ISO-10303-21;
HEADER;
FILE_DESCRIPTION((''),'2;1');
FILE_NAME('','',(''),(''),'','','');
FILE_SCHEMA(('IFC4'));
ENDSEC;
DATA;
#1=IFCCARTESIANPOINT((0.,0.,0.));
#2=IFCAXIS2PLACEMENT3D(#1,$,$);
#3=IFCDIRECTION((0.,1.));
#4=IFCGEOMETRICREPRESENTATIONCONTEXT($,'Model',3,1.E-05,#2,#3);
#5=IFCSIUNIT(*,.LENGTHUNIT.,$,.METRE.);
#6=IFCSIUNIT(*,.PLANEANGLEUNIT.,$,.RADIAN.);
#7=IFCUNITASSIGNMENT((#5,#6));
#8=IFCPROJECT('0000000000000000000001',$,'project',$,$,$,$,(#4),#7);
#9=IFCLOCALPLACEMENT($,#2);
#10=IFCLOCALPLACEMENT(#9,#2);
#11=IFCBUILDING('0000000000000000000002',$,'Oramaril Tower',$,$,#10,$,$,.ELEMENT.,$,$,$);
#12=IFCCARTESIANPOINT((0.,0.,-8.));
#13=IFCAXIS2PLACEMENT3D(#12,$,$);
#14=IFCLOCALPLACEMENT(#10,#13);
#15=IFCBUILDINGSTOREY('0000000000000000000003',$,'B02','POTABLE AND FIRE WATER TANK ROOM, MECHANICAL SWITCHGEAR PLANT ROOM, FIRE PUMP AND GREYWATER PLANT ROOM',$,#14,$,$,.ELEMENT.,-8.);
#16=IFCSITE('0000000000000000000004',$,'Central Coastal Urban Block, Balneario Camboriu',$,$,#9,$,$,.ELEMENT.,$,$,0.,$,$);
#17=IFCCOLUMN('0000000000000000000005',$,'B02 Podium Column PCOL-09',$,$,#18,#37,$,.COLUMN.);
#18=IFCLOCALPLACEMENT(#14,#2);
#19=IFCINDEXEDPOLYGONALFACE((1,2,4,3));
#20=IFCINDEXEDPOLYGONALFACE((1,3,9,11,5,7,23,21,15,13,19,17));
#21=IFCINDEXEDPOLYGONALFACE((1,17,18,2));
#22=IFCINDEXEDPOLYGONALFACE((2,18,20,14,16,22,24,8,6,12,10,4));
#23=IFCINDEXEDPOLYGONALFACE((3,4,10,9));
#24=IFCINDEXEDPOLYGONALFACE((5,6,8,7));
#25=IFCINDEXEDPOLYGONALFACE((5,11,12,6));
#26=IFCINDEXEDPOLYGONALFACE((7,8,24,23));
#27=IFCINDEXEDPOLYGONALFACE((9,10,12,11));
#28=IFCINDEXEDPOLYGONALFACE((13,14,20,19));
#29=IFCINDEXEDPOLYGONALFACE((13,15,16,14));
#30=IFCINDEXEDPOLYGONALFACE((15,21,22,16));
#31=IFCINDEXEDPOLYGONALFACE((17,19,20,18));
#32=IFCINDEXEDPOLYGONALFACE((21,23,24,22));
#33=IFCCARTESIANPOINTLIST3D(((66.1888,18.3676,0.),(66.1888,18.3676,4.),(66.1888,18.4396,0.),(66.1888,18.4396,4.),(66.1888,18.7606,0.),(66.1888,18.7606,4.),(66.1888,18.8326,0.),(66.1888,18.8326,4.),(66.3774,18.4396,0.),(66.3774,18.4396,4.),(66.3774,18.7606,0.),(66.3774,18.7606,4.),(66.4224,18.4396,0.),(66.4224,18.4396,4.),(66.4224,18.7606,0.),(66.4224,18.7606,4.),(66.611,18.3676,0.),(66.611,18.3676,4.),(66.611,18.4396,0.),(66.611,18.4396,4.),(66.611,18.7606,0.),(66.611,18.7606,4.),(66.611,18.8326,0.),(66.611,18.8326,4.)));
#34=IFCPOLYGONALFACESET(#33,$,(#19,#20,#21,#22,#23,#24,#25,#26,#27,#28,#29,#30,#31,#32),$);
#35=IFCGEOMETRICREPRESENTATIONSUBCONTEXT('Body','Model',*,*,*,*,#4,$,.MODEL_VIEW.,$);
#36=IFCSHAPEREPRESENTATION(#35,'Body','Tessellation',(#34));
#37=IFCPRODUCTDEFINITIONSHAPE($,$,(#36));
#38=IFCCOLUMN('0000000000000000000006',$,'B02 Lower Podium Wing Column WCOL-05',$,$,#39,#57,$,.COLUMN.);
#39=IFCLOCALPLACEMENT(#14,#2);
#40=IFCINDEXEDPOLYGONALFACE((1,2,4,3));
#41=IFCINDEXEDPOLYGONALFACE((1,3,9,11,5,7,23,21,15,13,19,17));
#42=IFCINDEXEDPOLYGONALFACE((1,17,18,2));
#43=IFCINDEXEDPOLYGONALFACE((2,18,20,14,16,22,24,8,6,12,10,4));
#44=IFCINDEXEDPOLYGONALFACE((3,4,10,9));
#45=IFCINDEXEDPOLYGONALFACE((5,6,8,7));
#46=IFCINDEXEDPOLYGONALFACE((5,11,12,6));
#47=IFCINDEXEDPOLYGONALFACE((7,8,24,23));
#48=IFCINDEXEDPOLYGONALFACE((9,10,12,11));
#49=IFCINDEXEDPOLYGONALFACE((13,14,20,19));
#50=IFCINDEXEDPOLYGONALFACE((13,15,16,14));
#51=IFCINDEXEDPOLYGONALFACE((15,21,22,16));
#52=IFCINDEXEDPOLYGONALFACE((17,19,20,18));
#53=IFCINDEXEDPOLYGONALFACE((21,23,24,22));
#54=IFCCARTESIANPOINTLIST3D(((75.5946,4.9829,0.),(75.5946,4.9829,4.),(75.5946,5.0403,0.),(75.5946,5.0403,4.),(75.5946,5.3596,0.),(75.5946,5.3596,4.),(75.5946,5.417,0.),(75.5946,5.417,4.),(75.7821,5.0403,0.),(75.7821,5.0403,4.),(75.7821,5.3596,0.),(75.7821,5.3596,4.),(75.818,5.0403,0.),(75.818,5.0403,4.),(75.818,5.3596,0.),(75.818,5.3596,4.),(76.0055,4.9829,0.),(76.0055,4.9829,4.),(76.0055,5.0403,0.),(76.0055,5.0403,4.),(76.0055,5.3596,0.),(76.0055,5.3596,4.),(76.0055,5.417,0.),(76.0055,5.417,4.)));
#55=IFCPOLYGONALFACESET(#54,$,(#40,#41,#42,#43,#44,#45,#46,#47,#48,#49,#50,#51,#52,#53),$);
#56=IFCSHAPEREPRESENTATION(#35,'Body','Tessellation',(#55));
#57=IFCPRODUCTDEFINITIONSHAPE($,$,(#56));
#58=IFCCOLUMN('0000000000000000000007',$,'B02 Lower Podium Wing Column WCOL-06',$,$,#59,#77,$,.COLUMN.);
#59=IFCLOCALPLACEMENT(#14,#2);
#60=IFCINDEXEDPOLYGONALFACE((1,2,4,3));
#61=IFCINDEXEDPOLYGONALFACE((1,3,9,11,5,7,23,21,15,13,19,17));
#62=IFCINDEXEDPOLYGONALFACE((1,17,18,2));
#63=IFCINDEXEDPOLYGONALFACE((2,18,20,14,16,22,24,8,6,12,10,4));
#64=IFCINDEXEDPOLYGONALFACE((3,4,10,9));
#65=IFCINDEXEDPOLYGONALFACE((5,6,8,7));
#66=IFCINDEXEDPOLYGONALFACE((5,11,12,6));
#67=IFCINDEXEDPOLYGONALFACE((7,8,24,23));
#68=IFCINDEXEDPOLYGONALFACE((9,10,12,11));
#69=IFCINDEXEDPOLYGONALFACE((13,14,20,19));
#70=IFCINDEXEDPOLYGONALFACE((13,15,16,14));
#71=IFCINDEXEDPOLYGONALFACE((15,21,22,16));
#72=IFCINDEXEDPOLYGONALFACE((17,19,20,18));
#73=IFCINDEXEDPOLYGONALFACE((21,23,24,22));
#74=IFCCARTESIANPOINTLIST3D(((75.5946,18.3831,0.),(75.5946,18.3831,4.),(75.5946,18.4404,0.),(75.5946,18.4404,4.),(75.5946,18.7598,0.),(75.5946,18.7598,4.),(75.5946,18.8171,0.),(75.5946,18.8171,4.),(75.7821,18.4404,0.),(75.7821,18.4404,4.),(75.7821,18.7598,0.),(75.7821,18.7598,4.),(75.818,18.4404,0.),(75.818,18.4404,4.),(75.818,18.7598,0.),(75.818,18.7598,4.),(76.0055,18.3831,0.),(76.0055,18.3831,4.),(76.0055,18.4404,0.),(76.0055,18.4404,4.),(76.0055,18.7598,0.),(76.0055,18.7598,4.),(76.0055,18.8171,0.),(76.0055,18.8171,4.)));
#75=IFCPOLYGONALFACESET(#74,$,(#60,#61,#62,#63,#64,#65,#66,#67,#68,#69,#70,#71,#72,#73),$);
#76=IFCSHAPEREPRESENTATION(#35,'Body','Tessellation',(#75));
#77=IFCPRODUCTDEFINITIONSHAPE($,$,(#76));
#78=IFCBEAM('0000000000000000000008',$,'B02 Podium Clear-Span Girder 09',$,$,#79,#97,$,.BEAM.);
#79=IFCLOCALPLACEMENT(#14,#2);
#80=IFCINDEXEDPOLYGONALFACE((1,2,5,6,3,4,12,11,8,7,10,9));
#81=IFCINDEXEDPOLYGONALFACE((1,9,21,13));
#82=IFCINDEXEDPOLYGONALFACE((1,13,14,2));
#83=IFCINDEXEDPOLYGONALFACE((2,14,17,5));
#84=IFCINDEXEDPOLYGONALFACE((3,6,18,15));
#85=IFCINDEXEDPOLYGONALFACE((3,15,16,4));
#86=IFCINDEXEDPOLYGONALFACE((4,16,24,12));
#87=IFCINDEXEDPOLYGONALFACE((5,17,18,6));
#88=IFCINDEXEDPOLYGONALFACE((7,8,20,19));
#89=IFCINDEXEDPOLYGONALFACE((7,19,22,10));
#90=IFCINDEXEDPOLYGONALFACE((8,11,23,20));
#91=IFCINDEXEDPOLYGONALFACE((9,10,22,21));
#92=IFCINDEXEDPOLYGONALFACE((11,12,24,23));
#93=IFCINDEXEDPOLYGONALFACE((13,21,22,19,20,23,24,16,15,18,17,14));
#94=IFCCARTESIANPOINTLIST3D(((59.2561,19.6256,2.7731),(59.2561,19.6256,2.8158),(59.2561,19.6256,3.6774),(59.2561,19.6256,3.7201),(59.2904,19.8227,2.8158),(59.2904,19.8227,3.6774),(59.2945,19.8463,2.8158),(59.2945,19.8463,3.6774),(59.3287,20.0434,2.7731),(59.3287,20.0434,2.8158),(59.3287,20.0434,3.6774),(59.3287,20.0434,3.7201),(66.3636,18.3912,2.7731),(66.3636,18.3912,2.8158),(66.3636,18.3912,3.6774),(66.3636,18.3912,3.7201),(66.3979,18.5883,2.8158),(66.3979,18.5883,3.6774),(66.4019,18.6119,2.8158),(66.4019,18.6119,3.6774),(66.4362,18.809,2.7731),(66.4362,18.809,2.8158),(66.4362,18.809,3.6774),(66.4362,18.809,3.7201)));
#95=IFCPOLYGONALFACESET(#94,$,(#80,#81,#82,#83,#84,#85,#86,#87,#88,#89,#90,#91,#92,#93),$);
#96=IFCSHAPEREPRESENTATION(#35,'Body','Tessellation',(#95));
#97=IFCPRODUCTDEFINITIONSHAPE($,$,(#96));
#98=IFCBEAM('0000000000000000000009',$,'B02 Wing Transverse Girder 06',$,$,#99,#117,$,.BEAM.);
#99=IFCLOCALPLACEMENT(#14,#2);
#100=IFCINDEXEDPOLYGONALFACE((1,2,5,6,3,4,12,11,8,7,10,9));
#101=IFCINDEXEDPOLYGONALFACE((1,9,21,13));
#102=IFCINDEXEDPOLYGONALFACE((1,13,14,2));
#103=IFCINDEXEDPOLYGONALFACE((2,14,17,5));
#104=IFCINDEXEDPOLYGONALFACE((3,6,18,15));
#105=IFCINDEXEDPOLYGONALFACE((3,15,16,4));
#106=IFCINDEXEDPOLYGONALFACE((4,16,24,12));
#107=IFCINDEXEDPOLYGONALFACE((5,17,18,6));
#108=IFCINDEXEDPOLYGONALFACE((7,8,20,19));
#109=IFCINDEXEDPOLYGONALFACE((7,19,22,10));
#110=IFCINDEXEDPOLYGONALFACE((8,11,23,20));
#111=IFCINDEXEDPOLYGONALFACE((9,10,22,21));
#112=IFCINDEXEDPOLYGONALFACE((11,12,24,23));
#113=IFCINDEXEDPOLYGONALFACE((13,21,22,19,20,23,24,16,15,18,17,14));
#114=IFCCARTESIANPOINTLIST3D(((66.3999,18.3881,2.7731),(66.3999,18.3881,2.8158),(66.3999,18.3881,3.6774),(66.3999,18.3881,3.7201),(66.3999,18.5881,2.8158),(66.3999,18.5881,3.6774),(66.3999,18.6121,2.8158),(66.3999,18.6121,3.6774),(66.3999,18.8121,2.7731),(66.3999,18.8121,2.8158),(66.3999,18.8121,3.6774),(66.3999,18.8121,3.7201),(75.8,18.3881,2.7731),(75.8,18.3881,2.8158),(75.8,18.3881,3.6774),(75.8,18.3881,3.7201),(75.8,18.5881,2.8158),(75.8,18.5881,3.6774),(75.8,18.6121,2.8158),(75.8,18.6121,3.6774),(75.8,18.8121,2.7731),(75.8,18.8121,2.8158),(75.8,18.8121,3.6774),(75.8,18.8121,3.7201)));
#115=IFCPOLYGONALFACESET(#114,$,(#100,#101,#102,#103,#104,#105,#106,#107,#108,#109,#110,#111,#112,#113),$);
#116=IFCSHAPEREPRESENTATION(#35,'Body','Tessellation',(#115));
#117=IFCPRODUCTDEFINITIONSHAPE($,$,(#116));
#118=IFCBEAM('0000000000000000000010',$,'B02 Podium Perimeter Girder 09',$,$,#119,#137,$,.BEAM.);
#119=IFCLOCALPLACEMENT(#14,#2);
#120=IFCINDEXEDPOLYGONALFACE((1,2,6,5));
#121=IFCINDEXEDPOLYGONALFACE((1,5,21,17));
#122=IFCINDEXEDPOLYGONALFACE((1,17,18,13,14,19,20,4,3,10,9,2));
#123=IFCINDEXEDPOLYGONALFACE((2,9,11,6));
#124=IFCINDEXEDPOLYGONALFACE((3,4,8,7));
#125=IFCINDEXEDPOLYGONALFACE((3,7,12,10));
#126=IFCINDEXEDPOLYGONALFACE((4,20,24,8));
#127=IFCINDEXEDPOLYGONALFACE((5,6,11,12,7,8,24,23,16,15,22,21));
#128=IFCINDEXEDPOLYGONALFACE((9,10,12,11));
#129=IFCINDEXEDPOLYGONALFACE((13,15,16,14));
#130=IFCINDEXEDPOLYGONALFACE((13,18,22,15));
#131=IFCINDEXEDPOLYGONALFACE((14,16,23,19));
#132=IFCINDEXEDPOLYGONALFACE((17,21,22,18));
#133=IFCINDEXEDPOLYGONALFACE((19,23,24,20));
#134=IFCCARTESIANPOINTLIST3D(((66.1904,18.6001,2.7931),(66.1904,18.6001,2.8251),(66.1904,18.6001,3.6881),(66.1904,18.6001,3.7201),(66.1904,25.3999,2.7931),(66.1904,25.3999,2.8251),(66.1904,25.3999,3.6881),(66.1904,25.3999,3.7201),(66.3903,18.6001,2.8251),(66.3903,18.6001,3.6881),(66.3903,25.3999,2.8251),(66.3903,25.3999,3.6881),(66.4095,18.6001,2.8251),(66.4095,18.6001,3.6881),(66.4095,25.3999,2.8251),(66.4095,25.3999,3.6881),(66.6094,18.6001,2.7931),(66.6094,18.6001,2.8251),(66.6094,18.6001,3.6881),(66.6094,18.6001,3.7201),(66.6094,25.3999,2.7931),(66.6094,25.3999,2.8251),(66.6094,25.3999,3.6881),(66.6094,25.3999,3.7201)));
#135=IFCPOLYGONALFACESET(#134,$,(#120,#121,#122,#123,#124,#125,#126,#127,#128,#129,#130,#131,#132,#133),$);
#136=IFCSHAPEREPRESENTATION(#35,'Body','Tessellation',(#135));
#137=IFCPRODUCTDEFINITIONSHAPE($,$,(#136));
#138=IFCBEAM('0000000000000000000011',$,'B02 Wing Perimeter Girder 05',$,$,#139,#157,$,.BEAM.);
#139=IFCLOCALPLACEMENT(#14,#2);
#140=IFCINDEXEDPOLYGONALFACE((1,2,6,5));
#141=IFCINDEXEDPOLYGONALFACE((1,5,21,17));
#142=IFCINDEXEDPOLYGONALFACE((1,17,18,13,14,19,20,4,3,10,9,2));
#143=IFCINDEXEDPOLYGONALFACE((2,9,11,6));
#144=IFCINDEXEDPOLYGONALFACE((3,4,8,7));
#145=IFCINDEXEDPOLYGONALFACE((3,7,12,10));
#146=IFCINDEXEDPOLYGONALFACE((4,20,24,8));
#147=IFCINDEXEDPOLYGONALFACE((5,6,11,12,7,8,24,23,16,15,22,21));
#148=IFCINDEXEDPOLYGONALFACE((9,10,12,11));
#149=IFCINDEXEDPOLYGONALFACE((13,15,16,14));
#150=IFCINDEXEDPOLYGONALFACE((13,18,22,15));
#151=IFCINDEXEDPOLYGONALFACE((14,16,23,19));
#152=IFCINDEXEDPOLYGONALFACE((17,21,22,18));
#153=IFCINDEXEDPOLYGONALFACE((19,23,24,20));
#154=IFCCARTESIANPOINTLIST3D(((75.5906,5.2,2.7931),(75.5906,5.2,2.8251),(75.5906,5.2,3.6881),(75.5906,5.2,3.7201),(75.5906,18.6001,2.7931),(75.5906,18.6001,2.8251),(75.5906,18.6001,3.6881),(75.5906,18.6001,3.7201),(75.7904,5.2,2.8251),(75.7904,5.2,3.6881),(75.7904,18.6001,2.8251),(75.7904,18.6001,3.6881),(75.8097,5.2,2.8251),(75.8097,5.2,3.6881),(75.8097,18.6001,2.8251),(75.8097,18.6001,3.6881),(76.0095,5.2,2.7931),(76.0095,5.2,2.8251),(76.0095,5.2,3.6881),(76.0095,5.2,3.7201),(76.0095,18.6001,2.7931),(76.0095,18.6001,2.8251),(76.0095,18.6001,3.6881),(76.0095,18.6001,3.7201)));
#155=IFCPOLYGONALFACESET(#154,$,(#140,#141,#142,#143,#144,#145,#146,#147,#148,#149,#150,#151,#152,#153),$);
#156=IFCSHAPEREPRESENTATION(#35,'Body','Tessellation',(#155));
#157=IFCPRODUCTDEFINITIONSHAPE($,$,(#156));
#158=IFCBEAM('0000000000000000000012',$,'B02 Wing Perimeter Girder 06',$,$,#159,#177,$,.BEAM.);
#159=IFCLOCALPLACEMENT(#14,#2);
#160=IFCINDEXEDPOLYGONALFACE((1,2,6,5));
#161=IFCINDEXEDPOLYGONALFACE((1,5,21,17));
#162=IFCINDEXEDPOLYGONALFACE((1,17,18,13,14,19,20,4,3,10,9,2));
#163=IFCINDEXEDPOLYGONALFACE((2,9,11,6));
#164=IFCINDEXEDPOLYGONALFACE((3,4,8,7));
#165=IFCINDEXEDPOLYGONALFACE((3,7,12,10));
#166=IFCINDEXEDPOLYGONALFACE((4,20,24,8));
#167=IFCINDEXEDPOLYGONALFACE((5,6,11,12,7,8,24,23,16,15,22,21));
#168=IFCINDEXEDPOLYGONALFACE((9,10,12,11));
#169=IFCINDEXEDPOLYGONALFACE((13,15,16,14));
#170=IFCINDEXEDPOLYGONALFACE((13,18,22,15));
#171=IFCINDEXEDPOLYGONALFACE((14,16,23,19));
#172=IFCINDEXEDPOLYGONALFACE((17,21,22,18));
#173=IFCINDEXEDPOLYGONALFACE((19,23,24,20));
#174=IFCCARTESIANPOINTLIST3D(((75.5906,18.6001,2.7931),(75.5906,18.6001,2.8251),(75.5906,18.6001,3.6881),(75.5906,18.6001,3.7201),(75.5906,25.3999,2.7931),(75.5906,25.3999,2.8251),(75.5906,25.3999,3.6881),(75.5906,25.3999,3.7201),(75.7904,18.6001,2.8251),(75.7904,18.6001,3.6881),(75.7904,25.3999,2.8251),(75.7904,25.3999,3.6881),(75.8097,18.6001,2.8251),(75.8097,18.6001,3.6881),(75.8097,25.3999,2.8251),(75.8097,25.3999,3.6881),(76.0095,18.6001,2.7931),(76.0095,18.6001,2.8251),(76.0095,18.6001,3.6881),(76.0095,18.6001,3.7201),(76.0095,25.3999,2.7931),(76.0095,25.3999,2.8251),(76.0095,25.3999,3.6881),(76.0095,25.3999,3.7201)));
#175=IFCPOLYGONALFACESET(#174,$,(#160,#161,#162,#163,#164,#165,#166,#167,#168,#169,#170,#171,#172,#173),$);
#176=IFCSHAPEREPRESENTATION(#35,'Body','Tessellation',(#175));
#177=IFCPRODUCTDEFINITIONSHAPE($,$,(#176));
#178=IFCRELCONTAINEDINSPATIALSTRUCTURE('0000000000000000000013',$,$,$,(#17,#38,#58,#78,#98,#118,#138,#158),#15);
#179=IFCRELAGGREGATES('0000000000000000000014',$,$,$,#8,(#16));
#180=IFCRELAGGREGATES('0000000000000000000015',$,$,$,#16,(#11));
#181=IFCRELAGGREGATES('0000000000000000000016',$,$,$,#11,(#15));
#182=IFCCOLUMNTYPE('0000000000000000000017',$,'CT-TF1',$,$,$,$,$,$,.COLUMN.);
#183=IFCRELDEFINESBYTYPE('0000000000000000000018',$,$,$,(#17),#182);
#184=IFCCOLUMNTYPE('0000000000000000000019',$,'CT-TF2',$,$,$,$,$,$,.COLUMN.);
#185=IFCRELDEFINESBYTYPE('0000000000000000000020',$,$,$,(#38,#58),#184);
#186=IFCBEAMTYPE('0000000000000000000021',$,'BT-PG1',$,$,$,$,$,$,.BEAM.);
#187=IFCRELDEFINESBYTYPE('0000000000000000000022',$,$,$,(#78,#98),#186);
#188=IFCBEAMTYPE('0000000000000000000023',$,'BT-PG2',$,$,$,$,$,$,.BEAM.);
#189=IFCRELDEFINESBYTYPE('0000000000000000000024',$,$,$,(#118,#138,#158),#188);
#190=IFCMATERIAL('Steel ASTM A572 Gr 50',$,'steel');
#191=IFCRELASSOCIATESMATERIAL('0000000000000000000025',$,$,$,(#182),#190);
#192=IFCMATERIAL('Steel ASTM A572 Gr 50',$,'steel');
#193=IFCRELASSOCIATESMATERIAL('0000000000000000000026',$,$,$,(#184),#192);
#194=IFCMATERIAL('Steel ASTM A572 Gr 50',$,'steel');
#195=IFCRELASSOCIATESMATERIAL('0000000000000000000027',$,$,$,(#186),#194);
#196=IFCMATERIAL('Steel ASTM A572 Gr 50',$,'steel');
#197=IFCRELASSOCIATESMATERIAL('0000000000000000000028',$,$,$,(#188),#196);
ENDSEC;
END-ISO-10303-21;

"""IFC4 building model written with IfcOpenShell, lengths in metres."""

from ifc_helpers import new_model, si_unit, direction, frame, origin, origin_2d, place, context, subcontext, project, spatial, i_section, extrude, material, material_profile, profile_set, type_object, element, save


model = new_model("IFC4")

# Units and contexts
model_context = context("Model", 3, precision=1e-05, world=origin(), true_north=direction((0.0, 1.0)))
body_context = subcontext(model_context, "Body", "Model", "MODEL_VIEW")
ifc_project = project(units=[si_unit("LENGTHUNIT", "METRE"), si_unit("PLANEANGLEUNIT", "RADIAN")], contexts=[model_context])

# Site, building, storey
site_placement = place(None, origin())
site = spatial("IfcSite", under=ifc_project, at=site_placement, Name="Central Coastal Urban Block, Balneario Camboriu", CompositionType="ELEMENT", RefElevation=0.0)
building_placement = place(site_placement, origin())
building = spatial("IfcBuilding", under=site, at=building_placement, Name="Oramaril Tower", CompositionType="ELEMENT")
storey_placement = place(building_placement, frame((0.0, 0.0, -8.0)))
storey = spatial("IfcBuildingStorey", under=building, at=storey_placement, Name="B02", Description="POTABLE AND FIRE WATER TANK ROOM, MECHANICAL SWITCHGEAR PLANT ROOM, FIRE PUMP AND GREYWATER PLANT ROOM", CompositionType="ELEMENT", Elevation=-8.0)

# Columns
ifc_material_1 = material(Name="Steel ASTM A572 Gr 50", Category="steel")
ifc_material_profile_1 = material_profile(ifc_material_1, i_section(OverallWidth=0.4221, OverallDepth=0.4651, WebThickness=0.0449, FlangeThickness=0.072, at=origin_2d()), Name="W14X398")
ifc_profile_set_1 = profile_set([ifc_material_profile_1], Name="Steel ASTM A572 Gr 50")
column_type_1 = type_object("IfcColumnType", Name="CT-TF1", PredefinedType="COLUMN", material=ifc_profile_set_1)
column_placement = place(storey_placement, frame((66.3999, 18.6001, 0.0), z_axis=(0.0, 0.0, 1.0), x_axis=(1.0, 0.0, 0.0)))
element("IfcColumn", 1, at=column_placement, inside=storey, type_object=column_type_1, Name="B02 Podium Column PCOL-09", PredefinedType="COLUMN", context=body_context, shape_type="SweptSolid", body=[
    extrude(i_section(OverallWidth=0.4221, OverallDepth=0.4651, WebThickness=0.0449, FlangeThickness=0.072, at=origin_2d()), origin(), (0.0, 0.0, 1.0), 4.0),
])
ifc_material_2 = material(Name="Steel ASTM A572 Gr 50", Category="steel")
ifc_material_profile_2 = material_profile(ifc_material_2, i_section(OverallWidth=0.4109, OverallDepth=0.4341, WebThickness=0.0359, FlangeThickness=0.0574, at=origin_2d()), Name="W14X311")
ifc_profile_set_2 = profile_set([ifc_material_profile_2], Name="Steel ASTM A572 Gr 50")
column_type_2 = type_object("IfcColumnType", Name="CT-TF2", PredefinedType="COLUMN", material=ifc_profile_set_2)
for number, where, z_axis, x_axis, name in (
    (2, (75.8, 5.2, 0.0), (0.0, 0.0, 1.0), (1.0, 0.0, 0.0), "B02 Lower Podium Wing Column WCOL-05"),
    (3, (75.8, 18.6001, 0.0), (0.0, 0.0, 1.0), (1.0, 0.0, 0.0), "B02 Lower Podium Wing Column WCOL-06"),
):
    element("IfcColumn", number, at=place(storey_placement, frame(where, z_axis=z_axis, x_axis=x_axis)), inside=storey, type_object=column_type_2, Name=name, PredefinedType="COLUMN", context=body_context, shape_type="SweptSolid", body=[
        extrude(i_section(OverallWidth=0.4109, OverallDepth=0.4341, WebThickness=0.0359, FlangeThickness=0.0574, at=origin_2d()), origin(), (0.0, 0.0, 1.0), 4.0),
    ])

# Beams
ifc_material_3 = material(Name="Steel ASTM A572 Gr 50", Category="steel")
ifc_material_profile_3 = material_profile(ifc_material_3, i_section(OverallWidth=0.4241, OverallDepth=0.947, WebThickness=0.0239, FlangeThickness=0.0427, at=origin_2d()), Name="W36X302")
ifc_profile_set_3 = profile_set([ifc_material_profile_3], Name="Steel ASTM A572 Gr 50")
beam_type_1 = type_object("IfcBeamType", Name="BT-PG1", PredefinedType="BEAM", material=ifc_profile_set_3)
beam_1_placement = place(storey_placement, frame((66.3999, 18.6001, 3.2466), z_axis=(-0.985251, 0.171113, 0.0), x_axis=(-0.171113, -0.985251, 0.0)))
element("IfcBeam", 4, at=beam_1_placement, inside=storey, type_object=beam_type_1, Name="B02 Podium Clear-Span Girder 09", PredefinedType="BEAM", context=body_context, shape_type="SweptSolid", body=[
    extrude(i_section(OverallWidth=0.4241, OverallDepth=0.947, WebThickness=0.0239, FlangeThickness=0.0427, at=origin_2d()), origin(), (0.0, 0.0, 1.0), 7.2139),
])
beam_2_placement = place(storey_placement, frame((66.3999, 18.6001, 3.2466), z_axis=(1.0, 0.0, 0.0), x_axis=(0.0, 1.0, 0.0)))
element("IfcBeam", 5, at=beam_2_placement, inside=storey, type_object=beam_type_1, Name="B02 Wing Transverse Girder 06", PredefinedType="BEAM", context=body_context, shape_type="SweptSolid", body=[
    extrude(i_section(OverallWidth=0.4241, OverallDepth=0.947, WebThickness=0.0239, FlangeThickness=0.0427, at=origin_2d()), origin(), (0.0, 0.0, 1.0), 9.4001),
])
ifc_material_4 = material(Name="Steel ASTM A572 Gr 50", Category="steel")
ifc_material_profile_4 = material_profile(ifc_material_4, i_section(OverallWidth=0.4189, OverallDepth=0.927, WebThickness=0.0193, FlangeThickness=0.032, at=origin_2d()), Name="W36X231")
ifc_profile_set_4 = profile_set([ifc_material_profile_4], Name="Steel ASTM A572 Gr 50")
beam_type_2 = type_object("IfcBeamType", Name="BT-PG2", PredefinedType="BEAM", material=ifc_profile_set_4)
beam_3_placement = place(storey_placement, frame((66.3999, 18.6001, 3.2566), z_axis=(0.0, 1.0, 0.0), x_axis=(-1.0, 0.0, 0.0)))
element("IfcBeam", 6, at=beam_3_placement, inside=storey, type_object=beam_type_2, Name="B02 Podium Perimeter Girder 09", PredefinedType="BEAM", context=body_context, shape_type="SweptSolid", body=[
    extrude(i_section(OverallWidth=0.4189, OverallDepth=0.927, WebThickness=0.0193, FlangeThickness=0.032, at=origin_2d()), origin(), (0.0, 0.0, 1.0), 6.7998),
])
beam_4_placement = place(storey_placement, frame((75.8, 5.2, 3.2566), z_axis=(0.0, 1.0, 0.0), x_axis=(-1.0, 0.0, 0.0)))
element("IfcBeam", 7, at=beam_4_placement, inside=storey, type_object=beam_type_2, Name="B02 Wing Perimeter Girder 05", PredefinedType="BEAM", context=body_context, shape_type="SweptSolid", body=[
    extrude(i_section(OverallWidth=0.4189, OverallDepth=0.927, WebThickness=0.0193, FlangeThickness=0.032, at=origin_2d()), origin(), (0.0, 0.0, 1.0), 13.4001),
])
beam_5_placement = place(storey_placement, frame((75.8, 18.6001, 3.2566), z_axis=(0.0, 1.0, 0.0), x_axis=(-1.0, 0.0, 0.0)))
element("IfcBeam", 8, at=beam_5_placement, inside=storey, type_object=beam_type_2, Name="B02 Wing Perimeter Girder 06", PredefinedType="BEAM", context=body_context, shape_type="SweptSolid", body=[
    extrude(i_section(OverallWidth=0.4189, OverallDepth=0.927, WebThickness=0.0193, FlangeThickness=0.032, at=origin_2d()), origin(), (0.0, 0.0, 1.0), 6.7998),
])

save(model, "model.ifc")
